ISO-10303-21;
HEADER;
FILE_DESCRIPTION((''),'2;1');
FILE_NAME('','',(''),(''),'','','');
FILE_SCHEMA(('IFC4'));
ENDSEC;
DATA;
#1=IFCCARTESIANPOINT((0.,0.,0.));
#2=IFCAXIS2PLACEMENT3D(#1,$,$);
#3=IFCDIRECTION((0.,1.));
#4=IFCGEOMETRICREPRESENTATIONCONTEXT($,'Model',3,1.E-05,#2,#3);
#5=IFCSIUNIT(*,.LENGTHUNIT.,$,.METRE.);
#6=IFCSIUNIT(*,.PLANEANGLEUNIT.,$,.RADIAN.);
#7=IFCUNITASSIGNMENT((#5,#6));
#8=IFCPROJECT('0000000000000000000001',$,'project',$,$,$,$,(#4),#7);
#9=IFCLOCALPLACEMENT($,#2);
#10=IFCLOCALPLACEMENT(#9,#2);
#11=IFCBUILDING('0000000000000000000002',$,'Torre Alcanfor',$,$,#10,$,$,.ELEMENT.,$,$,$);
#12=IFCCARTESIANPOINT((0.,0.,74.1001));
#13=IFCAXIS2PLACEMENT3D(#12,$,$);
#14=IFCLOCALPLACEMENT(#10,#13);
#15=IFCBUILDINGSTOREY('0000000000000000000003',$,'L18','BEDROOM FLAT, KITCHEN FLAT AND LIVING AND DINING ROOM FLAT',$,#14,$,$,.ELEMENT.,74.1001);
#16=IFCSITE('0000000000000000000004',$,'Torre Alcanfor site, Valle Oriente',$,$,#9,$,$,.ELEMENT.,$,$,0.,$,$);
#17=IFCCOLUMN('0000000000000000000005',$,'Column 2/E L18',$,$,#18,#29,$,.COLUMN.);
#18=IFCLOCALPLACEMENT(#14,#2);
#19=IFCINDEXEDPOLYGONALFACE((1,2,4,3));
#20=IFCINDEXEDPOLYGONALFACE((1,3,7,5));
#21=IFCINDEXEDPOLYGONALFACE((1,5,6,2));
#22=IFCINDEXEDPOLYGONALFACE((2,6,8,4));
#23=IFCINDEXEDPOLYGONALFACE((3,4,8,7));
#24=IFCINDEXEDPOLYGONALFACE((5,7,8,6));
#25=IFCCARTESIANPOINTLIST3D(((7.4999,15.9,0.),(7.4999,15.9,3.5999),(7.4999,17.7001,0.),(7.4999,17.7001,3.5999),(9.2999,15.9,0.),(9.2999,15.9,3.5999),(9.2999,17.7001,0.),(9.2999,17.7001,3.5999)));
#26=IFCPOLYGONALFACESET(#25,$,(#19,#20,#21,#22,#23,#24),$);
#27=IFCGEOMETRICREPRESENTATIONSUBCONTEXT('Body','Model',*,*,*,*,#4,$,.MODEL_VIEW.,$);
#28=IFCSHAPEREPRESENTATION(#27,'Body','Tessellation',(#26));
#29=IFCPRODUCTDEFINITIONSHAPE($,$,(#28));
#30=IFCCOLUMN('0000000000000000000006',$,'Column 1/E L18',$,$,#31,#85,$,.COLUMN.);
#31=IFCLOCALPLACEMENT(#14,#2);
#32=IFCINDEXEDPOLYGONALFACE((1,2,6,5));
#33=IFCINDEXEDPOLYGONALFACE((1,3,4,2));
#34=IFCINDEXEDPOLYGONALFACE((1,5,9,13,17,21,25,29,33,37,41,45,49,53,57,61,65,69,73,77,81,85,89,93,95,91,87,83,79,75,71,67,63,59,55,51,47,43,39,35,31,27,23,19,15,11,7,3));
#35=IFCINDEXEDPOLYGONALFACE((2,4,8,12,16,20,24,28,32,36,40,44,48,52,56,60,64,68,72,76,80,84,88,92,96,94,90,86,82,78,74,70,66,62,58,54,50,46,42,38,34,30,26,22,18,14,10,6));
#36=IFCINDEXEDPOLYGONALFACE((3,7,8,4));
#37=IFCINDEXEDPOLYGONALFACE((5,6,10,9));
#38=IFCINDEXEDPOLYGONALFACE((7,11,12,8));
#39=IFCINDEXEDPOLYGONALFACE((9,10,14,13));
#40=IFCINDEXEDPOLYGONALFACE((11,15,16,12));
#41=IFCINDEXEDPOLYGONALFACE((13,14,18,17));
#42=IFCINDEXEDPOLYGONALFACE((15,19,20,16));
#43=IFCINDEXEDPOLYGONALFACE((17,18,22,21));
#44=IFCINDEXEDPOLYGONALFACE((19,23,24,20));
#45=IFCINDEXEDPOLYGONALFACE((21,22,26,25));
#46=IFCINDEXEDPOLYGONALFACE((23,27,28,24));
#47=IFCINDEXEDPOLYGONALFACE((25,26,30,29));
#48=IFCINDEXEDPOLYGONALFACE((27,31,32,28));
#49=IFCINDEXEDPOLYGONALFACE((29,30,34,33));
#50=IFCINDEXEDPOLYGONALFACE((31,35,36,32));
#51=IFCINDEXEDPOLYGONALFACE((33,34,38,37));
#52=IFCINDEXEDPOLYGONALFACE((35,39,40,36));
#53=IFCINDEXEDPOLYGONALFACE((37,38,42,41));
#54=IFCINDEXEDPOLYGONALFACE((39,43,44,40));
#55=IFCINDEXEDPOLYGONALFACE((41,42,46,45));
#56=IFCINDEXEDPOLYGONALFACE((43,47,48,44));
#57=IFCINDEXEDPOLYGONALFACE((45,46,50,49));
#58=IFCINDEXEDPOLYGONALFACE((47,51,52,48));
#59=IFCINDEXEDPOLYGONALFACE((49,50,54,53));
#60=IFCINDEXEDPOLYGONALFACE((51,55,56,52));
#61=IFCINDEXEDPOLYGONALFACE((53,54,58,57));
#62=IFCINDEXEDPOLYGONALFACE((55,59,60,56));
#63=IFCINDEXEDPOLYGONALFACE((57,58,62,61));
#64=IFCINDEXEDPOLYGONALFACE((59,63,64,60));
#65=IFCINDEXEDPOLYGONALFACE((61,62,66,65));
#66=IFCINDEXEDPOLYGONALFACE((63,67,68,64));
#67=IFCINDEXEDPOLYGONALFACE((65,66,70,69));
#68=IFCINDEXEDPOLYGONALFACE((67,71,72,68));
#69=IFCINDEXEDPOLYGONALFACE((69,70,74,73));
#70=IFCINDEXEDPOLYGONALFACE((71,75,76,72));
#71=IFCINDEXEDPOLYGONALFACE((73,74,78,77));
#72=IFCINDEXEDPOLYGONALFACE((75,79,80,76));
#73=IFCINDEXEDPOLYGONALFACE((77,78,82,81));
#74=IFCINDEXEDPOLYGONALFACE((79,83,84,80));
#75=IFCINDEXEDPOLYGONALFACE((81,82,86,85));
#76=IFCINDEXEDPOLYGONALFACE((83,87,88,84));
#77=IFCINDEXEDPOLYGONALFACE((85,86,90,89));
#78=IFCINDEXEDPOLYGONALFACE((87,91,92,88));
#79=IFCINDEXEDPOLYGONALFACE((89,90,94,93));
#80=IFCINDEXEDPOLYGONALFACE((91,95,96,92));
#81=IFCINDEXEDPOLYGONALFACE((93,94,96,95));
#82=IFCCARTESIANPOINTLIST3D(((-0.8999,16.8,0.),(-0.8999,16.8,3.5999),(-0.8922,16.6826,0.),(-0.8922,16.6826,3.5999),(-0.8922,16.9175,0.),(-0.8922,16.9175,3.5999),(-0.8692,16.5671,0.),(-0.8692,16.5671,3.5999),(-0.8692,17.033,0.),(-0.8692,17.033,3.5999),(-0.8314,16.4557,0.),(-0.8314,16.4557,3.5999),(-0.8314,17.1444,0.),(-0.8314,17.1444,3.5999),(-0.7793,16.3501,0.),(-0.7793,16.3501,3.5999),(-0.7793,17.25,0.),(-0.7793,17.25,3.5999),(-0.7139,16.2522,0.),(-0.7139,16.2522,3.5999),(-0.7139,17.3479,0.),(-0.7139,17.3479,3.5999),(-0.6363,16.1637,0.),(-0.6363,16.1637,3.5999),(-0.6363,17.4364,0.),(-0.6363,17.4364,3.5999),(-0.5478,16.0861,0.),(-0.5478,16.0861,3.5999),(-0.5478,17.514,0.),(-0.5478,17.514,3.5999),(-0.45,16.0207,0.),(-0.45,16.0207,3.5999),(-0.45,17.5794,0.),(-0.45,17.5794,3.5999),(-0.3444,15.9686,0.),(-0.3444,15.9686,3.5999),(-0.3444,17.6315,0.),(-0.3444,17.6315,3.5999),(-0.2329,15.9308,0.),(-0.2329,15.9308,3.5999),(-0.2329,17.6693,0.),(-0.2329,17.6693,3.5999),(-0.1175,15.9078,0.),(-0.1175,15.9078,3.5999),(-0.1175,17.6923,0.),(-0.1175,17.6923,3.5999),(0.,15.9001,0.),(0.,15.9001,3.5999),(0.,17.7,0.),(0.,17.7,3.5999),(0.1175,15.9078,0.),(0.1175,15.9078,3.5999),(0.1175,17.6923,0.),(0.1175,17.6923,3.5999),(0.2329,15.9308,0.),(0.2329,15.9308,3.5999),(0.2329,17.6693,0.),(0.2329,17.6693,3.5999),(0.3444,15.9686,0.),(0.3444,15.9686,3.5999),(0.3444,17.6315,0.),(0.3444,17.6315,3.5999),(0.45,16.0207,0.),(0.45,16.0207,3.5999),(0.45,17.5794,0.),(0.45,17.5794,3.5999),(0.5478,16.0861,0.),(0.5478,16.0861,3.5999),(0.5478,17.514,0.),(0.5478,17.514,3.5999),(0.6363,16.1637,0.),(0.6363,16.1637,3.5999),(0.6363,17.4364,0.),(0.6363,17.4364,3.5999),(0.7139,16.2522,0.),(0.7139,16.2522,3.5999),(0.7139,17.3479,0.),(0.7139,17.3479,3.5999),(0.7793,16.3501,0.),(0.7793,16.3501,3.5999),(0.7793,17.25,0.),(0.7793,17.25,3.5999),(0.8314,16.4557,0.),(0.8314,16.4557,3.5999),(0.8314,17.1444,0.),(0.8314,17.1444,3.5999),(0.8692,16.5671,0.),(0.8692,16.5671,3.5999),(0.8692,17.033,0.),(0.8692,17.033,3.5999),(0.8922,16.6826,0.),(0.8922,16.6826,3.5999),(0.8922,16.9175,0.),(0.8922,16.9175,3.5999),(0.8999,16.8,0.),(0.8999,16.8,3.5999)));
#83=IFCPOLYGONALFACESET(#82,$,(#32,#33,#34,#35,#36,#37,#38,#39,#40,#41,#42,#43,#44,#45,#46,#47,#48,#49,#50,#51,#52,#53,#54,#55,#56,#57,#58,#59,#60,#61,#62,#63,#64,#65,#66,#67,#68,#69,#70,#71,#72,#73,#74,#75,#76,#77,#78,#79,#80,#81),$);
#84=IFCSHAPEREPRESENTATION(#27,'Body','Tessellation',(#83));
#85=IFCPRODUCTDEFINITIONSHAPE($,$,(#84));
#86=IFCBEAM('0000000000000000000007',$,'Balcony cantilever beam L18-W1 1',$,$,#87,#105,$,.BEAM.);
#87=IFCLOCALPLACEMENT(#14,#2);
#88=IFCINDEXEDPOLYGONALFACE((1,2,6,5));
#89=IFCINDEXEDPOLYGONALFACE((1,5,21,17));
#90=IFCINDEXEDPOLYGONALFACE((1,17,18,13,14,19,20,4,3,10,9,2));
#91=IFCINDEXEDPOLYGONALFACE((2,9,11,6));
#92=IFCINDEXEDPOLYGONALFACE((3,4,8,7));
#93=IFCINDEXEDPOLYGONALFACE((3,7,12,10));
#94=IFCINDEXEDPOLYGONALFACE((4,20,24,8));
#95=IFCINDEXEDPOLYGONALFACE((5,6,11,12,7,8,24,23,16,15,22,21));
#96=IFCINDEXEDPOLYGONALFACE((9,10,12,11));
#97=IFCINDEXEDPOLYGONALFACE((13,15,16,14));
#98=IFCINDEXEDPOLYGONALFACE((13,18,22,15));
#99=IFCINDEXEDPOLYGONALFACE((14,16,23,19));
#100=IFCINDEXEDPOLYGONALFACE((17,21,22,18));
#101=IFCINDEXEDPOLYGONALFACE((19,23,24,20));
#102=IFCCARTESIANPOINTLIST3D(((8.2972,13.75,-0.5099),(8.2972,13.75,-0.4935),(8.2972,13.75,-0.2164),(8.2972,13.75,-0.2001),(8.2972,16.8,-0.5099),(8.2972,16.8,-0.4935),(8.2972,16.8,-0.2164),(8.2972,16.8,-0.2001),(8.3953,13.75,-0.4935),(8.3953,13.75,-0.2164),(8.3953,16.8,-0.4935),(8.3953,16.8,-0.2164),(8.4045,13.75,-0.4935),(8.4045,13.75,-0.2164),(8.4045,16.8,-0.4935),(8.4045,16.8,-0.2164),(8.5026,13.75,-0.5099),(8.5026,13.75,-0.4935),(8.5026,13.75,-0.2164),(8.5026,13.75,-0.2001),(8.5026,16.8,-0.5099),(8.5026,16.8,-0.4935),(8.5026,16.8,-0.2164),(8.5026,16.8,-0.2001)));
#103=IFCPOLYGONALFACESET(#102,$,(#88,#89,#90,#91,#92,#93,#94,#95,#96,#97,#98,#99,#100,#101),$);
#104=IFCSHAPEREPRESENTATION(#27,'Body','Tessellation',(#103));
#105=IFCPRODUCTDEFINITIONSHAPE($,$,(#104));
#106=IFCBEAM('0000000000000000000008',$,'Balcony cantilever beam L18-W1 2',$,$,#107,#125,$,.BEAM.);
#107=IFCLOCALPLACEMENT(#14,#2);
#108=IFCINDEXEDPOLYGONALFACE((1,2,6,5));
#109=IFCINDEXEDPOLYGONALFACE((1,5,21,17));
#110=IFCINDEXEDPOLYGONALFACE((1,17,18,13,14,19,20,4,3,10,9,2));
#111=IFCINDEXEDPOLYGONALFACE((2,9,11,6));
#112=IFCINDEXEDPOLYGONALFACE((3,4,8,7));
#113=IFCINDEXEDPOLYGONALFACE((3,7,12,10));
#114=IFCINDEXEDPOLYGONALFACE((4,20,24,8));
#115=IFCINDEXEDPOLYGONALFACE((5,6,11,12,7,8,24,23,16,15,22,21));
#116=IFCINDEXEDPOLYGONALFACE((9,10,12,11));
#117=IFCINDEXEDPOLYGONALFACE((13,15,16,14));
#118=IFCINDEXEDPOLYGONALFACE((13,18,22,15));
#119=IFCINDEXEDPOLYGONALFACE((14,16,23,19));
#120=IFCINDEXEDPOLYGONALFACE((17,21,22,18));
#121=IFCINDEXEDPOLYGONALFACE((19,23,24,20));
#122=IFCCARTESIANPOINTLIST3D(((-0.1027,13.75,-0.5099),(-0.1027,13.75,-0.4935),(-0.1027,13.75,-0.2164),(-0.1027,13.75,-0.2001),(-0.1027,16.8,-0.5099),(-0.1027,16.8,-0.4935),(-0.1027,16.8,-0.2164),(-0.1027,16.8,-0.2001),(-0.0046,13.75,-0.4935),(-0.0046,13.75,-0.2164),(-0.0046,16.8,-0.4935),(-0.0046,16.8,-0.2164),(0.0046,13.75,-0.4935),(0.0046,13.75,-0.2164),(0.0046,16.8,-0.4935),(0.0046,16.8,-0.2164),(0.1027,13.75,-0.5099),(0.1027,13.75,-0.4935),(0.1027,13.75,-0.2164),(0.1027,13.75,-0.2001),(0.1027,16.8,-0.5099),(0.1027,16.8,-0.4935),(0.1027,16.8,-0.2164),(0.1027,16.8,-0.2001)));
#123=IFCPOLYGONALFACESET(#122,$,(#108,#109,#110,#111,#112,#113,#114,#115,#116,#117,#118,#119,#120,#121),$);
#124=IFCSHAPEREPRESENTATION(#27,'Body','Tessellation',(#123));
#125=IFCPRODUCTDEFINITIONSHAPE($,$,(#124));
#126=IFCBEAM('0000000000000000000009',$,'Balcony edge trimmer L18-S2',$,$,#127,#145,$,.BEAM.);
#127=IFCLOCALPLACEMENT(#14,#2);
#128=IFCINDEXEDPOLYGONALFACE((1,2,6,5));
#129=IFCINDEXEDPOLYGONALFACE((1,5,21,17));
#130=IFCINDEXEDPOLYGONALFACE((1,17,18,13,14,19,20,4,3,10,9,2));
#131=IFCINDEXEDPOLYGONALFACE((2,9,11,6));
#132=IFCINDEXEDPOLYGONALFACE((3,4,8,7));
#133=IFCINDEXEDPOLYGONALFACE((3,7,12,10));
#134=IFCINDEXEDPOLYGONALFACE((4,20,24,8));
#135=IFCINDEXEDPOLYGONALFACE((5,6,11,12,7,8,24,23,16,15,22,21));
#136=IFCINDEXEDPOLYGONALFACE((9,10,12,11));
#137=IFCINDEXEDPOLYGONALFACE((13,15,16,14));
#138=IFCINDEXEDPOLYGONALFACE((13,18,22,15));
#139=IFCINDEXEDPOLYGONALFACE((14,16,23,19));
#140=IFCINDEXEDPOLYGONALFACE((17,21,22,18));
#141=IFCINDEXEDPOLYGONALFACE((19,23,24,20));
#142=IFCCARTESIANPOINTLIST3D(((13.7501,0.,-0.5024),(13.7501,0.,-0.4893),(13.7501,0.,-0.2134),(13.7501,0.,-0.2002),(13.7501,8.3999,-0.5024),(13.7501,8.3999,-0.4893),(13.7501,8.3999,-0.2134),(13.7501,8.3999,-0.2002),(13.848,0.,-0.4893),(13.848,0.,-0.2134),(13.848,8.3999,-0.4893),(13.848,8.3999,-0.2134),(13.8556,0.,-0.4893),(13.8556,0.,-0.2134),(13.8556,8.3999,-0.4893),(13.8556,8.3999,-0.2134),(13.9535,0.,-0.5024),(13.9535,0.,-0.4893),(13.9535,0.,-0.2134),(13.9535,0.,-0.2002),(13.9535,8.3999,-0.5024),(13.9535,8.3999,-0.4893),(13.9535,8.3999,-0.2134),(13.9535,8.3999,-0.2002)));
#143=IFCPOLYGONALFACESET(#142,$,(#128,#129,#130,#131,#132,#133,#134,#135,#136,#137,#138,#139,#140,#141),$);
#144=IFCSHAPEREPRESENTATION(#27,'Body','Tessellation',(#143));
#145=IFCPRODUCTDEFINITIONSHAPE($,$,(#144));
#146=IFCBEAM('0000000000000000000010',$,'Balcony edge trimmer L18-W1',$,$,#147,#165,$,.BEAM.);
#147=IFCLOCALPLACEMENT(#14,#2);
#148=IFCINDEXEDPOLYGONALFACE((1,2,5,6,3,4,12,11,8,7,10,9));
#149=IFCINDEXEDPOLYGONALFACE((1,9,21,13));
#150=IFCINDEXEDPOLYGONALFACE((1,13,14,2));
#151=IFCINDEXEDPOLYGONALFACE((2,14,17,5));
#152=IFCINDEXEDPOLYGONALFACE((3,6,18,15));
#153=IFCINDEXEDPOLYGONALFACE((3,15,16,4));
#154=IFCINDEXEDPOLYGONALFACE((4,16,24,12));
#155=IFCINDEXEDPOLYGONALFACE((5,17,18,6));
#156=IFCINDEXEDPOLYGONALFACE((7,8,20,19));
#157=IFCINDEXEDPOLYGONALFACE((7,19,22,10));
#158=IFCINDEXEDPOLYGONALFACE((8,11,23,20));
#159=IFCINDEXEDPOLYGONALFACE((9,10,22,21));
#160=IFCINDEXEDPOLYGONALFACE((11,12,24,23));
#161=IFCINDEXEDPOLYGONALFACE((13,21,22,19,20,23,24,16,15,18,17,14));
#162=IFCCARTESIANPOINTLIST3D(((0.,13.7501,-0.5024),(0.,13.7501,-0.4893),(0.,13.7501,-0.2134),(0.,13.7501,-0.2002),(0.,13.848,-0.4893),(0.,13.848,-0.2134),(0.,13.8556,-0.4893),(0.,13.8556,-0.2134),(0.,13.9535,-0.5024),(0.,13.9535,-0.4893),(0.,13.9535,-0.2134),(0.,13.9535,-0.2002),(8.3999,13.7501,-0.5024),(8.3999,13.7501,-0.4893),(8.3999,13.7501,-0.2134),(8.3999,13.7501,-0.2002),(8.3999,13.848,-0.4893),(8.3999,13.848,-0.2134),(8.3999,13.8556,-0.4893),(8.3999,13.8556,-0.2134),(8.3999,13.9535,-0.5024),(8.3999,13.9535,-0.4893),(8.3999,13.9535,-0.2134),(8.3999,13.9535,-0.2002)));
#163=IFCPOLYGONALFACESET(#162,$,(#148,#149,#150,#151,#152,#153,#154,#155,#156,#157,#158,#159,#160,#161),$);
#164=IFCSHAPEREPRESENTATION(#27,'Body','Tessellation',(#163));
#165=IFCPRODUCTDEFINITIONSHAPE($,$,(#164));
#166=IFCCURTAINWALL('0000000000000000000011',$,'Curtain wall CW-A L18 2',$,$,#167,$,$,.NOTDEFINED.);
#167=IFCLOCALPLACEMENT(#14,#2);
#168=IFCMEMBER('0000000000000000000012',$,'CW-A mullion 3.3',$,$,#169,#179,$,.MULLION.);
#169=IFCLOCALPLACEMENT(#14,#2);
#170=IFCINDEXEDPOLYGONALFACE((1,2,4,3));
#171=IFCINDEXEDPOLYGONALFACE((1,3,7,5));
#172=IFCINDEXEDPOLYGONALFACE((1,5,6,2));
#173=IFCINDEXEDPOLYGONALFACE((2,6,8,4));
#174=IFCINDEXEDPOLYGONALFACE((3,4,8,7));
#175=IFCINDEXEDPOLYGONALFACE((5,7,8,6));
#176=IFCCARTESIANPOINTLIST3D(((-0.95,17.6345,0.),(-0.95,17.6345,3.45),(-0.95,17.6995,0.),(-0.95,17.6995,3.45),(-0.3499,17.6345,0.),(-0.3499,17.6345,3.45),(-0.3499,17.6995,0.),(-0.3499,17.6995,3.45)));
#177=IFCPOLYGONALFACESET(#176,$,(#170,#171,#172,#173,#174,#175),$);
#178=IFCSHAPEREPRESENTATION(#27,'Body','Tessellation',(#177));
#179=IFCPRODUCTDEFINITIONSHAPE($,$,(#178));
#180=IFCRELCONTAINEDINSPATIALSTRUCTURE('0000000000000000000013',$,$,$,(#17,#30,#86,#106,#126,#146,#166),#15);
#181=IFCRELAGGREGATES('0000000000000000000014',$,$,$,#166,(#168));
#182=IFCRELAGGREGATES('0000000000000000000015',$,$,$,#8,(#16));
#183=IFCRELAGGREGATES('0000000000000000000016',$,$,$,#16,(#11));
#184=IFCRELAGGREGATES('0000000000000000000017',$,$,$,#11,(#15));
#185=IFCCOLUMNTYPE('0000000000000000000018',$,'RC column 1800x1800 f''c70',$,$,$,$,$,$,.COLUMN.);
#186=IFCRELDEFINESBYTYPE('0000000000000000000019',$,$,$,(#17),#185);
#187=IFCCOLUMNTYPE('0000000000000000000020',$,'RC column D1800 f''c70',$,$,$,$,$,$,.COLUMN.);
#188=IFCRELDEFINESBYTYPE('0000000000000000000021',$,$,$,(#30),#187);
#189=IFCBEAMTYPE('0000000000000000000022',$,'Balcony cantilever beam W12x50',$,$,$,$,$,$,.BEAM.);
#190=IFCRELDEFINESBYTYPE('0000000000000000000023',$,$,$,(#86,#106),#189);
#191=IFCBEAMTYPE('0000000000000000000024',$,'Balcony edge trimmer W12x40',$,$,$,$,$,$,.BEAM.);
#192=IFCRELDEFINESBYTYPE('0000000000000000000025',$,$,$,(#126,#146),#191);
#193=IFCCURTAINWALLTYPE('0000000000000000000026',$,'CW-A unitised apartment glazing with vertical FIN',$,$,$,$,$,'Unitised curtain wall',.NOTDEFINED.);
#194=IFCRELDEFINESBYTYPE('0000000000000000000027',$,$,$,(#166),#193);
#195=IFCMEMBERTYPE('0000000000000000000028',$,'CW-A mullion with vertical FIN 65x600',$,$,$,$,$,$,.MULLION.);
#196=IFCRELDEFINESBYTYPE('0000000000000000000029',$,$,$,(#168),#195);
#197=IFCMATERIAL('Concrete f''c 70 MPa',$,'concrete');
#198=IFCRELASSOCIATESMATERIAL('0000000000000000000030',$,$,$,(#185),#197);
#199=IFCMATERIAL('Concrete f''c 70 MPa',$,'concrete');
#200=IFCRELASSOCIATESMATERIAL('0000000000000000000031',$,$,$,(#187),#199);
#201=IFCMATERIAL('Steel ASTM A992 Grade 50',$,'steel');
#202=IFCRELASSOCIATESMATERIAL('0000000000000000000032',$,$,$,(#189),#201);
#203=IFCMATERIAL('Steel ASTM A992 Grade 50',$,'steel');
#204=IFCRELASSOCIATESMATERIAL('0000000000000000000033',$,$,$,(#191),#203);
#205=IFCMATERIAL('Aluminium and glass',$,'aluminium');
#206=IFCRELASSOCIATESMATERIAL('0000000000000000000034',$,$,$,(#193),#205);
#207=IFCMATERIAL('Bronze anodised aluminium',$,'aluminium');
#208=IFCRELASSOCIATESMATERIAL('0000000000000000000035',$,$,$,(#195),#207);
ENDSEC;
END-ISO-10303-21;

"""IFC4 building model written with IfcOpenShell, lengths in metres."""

from ifc_helpers import new_model, si_unit, direction, frame, origin, origin_2d, place, context, subcontext, project, spatial, rectangle, circle, i_section, extrude, material, material_profile, profile_set, type_object, element, aggregate, save


model = new_model("IFC4")

# Units and contexts
model_context = context("Model", 3, precision=1e-05, world=origin(), true_north=direction((0.0, 1.0)))
body_context = subcontext(model_context, "Body", "Model", "MODEL_VIEW")
ifc_project = project(units=[si_unit("LENGTHUNIT", "METRE"), si_unit("PLANEANGLEUNIT", "RADIAN")], contexts=[model_context])

# Site, building, storey
site_placement = place(None, origin())
site = spatial("IfcSite", under=ifc_project, at=site_placement, Name="Torre Alcanfor site, Valle Oriente", CompositionType="ELEMENT", RefElevation=0.0)
building_placement = place(site_placement, origin())
building = spatial("IfcBuilding", under=site, at=building_placement, Name="Torre Alcanfor", CompositionType="ELEMENT")
storey_placement = place(building_placement, frame((0.0, 0.0, 74.1001)))
storey = spatial("IfcBuildingStorey", under=building, at=storey_placement, Name="L18", Description="BEDROOM FLAT, KITCHEN FLAT AND LIVING AND DINING ROOM FLAT", CompositionType="ELEMENT", Elevation=74.1001)

# Columns
ifc_material_1 = material(Name="Concrete f'c 70 MPa", Category="concrete")
ifc_material_profile_1 = material_profile(ifc_material_1, rectangle(XDim=1.8, YDim=1.8, at=origin_2d()), Name="1800x1800")
ifc_profile_set_1 = profile_set([ifc_material_profile_1], Name="Concrete f'c 70 MPa")
column_type_1 = type_object("IfcColumnType", Name="RC column 1800x1800 f'c70", PredefinedType="COLUMN", material=ifc_profile_set_1)
column_1_placement = place(storey_placement, frame((8.3999, 16.8, 0.0), z_axis=(0.0, 0.0, 1.0), x_axis=(1.0, 0.0, 0.0)))
element("IfcColumn", 1, at=column_1_placement, inside=storey, type_object=column_type_1, Name="Column 2/E L18", PredefinedType="COLUMN", context=body_context, shape_type="SweptSolid", body=[
    extrude(rectangle(XDim=1.8, YDim=1.8, at=origin_2d()), origin(), (0.0, 0.0, 1.0), 3.5999),
])
ifc_material_2 = material(Name="Concrete f'c 70 MPa", Category="concrete")
ifc_material_profile_2 = material_profile(ifc_material_2, circle(Radius=0.8999, at=origin_2d()), Name="D1800")
ifc_profile_set_2 = profile_set([ifc_material_profile_2], Name="Concrete f'c 70 MPa")
column_type_2 = type_object("IfcColumnType", Name="RC column D1800 f'c70", PredefinedType="COLUMN", material=ifc_profile_set_2)
column_2_placement = place(storey_placement, frame((0.0, 16.8, 0.0), z_axis=(0.0, 0.0, 1.0), x_axis=(1.0, 0.0, 0.0)))
element("IfcColumn", 2, at=column_2_placement, inside=storey, type_object=column_type_2, Name="Column 1/E L18", PredefinedType="COLUMN", context=body_context, shape_type="SweptSolid", body=[
    extrude(circle(Radius=0.8999, at=origin_2d()), origin(), (0.0, 0.0, 1.0), 3.5999),
])

# Beams
ifc_material_3 = material(Name="Steel ASTM A992 Grade 50", Category="steel")
ifc_material_profile_3 = material_profile(ifc_material_3, i_section(OverallWidth=0.2053, OverallDepth=0.3098, WebThickness=0.0093, FlangeThickness=0.0164, at=origin_2d()), Name="W12x50")
ifc_profile_set_3 = profile_set([ifc_material_profile_3], Name="Steel ASTM A992 Grade 50")
beam_type_1 = type_object("IfcBeamType", Name="Balcony cantilever beam W12x50", PredefinedType="BEAM", material=ifc_profile_set_3)
for number, where, z_axis, x_axis, name in (
    (3, (8.3999, 16.8, -0.355), (0.0, -1.0, 0.0), (1.0, 0.0, 0.0), "Balcony cantilever beam L18-W1 1"),
    (4, (0.0, 16.8, -0.355), (0.0, -1.0, 0.0), (1.0, 0.0, 0.0), "Balcony cantilever beam L18-W1 2"),
):
    element("IfcBeam", number, at=place(storey_placement, frame(where, z_axis=z_axis, x_axis=x_axis)), inside=storey, type_object=beam_type_1, Name=name, PredefinedType="BEAM", context=body_context, shape_type="SweptSolid", body=[
        extrude(i_section(OverallWidth=0.2053, OverallDepth=0.3098, WebThickness=0.0093, FlangeThickness=0.0164, at=origin_2d()), origin(), (0.0, 0.0, 1.0), 3.05),
    ])
ifc_material_4 = material(Name="Steel ASTM A992 Grade 50", Category="steel")
ifc_material_profile_4 = material_profile(ifc_material_4, i_section(OverallWidth=0.2034, OverallDepth=0.3022, WebThickness=0.0076, FlangeThickness=0.0132, at=origin_2d()), Name="W12x40")
ifc_profile_set_4 = profile_set([ifc_material_profile_4], Name="Steel ASTM A992 Grade 50")
beam_type_2 = type_object("IfcBeamType", Name="Balcony edge trimmer W12x40", PredefinedType="BEAM", material=ifc_profile_set_4)
for number, where, z_axis, x_axis, name in (
    (5, (13.8518, 8.3999, -0.3513), (0.0, -1.0, 0.0), (1.0, 0.0, 0.0), "Balcony edge trimmer L18-S2"),
    (6, (8.3999, 13.8518, -0.3513), (-1.0, 0.0, 0.0), (0.0, -1.0, 0.0), "Balcony edge trimmer L18-W1"),
):
    element("IfcBeam", number, at=place(storey_placement, frame(where, z_axis=z_axis, x_axis=x_axis)), inside=storey, type_object=beam_type_2, Name=name, PredefinedType="BEAM", context=body_context, shape_type="SweptSolid", body=[
        extrude(i_section(OverallWidth=0.2034, OverallDepth=0.3022, WebThickness=0.0076, FlangeThickness=0.0132, at=origin_2d()), origin(), (0.0, 0.0, 1.0), 8.3999),
    ])

# Curtain wall, member
ifc_material_5 = material(Name="Aluminium and glass", Category="aluminium")
curtain_wall_type = type_object("IfcCurtainWallType", Name="CW-A unitised apartment glazing with vertical FIN", ElementType="Unitised curtain wall", PredefinedType="NOTDEFINED", material=ifc_material_5)
curtain_wall_placement = place(storey_placement, origin())
curtain_wall = element("IfcCurtainWall", 7, at=curtain_wall_placement, inside=storey, type_object=curtain_wall_type, Name="Curtain wall CW-A L18 2", PredefinedType="NOTDEFINED")
ifc_material_6 = material(Name="Bronze anodised aluminium", Category="aluminium")
ifc_material_profile_5 = material_profile(ifc_material_6, rectangle(XDim=0.6001, YDim=0.0649, at=origin_2d()), Name="CW-A mullion 65x600")
ifc_profile_set_5 = profile_set([ifc_material_profile_5], Name="Bronze anodised aluminium")
member_type = type_object("IfcMemberType", Name="CW-A mullion with vertical FIN 65x600", PredefinedType="MULLION", material=ifc_profile_set_5)
member_placement = place(storey_placement, frame((-0.6499, 17.667, 0.0), z_axis=(0.0, 0.0, 1.0), x_axis=(1.0, 0.0, 0.0)))
member = element("IfcMember", 8, at=member_placement, type_object=member_type, Name="CW-A mullion 3.3", PredefinedType="MULLION", context=body_context, shape_type="SweptSolid", body=[
    extrude(rectangle(XDim=0.6001, YDim=0.0649, at=origin_2d()), origin(), (0.0, 0.0, 1.0), 3.45),
])
aggregate(curtain_wall, [member])

save(model, "model.ifc")
